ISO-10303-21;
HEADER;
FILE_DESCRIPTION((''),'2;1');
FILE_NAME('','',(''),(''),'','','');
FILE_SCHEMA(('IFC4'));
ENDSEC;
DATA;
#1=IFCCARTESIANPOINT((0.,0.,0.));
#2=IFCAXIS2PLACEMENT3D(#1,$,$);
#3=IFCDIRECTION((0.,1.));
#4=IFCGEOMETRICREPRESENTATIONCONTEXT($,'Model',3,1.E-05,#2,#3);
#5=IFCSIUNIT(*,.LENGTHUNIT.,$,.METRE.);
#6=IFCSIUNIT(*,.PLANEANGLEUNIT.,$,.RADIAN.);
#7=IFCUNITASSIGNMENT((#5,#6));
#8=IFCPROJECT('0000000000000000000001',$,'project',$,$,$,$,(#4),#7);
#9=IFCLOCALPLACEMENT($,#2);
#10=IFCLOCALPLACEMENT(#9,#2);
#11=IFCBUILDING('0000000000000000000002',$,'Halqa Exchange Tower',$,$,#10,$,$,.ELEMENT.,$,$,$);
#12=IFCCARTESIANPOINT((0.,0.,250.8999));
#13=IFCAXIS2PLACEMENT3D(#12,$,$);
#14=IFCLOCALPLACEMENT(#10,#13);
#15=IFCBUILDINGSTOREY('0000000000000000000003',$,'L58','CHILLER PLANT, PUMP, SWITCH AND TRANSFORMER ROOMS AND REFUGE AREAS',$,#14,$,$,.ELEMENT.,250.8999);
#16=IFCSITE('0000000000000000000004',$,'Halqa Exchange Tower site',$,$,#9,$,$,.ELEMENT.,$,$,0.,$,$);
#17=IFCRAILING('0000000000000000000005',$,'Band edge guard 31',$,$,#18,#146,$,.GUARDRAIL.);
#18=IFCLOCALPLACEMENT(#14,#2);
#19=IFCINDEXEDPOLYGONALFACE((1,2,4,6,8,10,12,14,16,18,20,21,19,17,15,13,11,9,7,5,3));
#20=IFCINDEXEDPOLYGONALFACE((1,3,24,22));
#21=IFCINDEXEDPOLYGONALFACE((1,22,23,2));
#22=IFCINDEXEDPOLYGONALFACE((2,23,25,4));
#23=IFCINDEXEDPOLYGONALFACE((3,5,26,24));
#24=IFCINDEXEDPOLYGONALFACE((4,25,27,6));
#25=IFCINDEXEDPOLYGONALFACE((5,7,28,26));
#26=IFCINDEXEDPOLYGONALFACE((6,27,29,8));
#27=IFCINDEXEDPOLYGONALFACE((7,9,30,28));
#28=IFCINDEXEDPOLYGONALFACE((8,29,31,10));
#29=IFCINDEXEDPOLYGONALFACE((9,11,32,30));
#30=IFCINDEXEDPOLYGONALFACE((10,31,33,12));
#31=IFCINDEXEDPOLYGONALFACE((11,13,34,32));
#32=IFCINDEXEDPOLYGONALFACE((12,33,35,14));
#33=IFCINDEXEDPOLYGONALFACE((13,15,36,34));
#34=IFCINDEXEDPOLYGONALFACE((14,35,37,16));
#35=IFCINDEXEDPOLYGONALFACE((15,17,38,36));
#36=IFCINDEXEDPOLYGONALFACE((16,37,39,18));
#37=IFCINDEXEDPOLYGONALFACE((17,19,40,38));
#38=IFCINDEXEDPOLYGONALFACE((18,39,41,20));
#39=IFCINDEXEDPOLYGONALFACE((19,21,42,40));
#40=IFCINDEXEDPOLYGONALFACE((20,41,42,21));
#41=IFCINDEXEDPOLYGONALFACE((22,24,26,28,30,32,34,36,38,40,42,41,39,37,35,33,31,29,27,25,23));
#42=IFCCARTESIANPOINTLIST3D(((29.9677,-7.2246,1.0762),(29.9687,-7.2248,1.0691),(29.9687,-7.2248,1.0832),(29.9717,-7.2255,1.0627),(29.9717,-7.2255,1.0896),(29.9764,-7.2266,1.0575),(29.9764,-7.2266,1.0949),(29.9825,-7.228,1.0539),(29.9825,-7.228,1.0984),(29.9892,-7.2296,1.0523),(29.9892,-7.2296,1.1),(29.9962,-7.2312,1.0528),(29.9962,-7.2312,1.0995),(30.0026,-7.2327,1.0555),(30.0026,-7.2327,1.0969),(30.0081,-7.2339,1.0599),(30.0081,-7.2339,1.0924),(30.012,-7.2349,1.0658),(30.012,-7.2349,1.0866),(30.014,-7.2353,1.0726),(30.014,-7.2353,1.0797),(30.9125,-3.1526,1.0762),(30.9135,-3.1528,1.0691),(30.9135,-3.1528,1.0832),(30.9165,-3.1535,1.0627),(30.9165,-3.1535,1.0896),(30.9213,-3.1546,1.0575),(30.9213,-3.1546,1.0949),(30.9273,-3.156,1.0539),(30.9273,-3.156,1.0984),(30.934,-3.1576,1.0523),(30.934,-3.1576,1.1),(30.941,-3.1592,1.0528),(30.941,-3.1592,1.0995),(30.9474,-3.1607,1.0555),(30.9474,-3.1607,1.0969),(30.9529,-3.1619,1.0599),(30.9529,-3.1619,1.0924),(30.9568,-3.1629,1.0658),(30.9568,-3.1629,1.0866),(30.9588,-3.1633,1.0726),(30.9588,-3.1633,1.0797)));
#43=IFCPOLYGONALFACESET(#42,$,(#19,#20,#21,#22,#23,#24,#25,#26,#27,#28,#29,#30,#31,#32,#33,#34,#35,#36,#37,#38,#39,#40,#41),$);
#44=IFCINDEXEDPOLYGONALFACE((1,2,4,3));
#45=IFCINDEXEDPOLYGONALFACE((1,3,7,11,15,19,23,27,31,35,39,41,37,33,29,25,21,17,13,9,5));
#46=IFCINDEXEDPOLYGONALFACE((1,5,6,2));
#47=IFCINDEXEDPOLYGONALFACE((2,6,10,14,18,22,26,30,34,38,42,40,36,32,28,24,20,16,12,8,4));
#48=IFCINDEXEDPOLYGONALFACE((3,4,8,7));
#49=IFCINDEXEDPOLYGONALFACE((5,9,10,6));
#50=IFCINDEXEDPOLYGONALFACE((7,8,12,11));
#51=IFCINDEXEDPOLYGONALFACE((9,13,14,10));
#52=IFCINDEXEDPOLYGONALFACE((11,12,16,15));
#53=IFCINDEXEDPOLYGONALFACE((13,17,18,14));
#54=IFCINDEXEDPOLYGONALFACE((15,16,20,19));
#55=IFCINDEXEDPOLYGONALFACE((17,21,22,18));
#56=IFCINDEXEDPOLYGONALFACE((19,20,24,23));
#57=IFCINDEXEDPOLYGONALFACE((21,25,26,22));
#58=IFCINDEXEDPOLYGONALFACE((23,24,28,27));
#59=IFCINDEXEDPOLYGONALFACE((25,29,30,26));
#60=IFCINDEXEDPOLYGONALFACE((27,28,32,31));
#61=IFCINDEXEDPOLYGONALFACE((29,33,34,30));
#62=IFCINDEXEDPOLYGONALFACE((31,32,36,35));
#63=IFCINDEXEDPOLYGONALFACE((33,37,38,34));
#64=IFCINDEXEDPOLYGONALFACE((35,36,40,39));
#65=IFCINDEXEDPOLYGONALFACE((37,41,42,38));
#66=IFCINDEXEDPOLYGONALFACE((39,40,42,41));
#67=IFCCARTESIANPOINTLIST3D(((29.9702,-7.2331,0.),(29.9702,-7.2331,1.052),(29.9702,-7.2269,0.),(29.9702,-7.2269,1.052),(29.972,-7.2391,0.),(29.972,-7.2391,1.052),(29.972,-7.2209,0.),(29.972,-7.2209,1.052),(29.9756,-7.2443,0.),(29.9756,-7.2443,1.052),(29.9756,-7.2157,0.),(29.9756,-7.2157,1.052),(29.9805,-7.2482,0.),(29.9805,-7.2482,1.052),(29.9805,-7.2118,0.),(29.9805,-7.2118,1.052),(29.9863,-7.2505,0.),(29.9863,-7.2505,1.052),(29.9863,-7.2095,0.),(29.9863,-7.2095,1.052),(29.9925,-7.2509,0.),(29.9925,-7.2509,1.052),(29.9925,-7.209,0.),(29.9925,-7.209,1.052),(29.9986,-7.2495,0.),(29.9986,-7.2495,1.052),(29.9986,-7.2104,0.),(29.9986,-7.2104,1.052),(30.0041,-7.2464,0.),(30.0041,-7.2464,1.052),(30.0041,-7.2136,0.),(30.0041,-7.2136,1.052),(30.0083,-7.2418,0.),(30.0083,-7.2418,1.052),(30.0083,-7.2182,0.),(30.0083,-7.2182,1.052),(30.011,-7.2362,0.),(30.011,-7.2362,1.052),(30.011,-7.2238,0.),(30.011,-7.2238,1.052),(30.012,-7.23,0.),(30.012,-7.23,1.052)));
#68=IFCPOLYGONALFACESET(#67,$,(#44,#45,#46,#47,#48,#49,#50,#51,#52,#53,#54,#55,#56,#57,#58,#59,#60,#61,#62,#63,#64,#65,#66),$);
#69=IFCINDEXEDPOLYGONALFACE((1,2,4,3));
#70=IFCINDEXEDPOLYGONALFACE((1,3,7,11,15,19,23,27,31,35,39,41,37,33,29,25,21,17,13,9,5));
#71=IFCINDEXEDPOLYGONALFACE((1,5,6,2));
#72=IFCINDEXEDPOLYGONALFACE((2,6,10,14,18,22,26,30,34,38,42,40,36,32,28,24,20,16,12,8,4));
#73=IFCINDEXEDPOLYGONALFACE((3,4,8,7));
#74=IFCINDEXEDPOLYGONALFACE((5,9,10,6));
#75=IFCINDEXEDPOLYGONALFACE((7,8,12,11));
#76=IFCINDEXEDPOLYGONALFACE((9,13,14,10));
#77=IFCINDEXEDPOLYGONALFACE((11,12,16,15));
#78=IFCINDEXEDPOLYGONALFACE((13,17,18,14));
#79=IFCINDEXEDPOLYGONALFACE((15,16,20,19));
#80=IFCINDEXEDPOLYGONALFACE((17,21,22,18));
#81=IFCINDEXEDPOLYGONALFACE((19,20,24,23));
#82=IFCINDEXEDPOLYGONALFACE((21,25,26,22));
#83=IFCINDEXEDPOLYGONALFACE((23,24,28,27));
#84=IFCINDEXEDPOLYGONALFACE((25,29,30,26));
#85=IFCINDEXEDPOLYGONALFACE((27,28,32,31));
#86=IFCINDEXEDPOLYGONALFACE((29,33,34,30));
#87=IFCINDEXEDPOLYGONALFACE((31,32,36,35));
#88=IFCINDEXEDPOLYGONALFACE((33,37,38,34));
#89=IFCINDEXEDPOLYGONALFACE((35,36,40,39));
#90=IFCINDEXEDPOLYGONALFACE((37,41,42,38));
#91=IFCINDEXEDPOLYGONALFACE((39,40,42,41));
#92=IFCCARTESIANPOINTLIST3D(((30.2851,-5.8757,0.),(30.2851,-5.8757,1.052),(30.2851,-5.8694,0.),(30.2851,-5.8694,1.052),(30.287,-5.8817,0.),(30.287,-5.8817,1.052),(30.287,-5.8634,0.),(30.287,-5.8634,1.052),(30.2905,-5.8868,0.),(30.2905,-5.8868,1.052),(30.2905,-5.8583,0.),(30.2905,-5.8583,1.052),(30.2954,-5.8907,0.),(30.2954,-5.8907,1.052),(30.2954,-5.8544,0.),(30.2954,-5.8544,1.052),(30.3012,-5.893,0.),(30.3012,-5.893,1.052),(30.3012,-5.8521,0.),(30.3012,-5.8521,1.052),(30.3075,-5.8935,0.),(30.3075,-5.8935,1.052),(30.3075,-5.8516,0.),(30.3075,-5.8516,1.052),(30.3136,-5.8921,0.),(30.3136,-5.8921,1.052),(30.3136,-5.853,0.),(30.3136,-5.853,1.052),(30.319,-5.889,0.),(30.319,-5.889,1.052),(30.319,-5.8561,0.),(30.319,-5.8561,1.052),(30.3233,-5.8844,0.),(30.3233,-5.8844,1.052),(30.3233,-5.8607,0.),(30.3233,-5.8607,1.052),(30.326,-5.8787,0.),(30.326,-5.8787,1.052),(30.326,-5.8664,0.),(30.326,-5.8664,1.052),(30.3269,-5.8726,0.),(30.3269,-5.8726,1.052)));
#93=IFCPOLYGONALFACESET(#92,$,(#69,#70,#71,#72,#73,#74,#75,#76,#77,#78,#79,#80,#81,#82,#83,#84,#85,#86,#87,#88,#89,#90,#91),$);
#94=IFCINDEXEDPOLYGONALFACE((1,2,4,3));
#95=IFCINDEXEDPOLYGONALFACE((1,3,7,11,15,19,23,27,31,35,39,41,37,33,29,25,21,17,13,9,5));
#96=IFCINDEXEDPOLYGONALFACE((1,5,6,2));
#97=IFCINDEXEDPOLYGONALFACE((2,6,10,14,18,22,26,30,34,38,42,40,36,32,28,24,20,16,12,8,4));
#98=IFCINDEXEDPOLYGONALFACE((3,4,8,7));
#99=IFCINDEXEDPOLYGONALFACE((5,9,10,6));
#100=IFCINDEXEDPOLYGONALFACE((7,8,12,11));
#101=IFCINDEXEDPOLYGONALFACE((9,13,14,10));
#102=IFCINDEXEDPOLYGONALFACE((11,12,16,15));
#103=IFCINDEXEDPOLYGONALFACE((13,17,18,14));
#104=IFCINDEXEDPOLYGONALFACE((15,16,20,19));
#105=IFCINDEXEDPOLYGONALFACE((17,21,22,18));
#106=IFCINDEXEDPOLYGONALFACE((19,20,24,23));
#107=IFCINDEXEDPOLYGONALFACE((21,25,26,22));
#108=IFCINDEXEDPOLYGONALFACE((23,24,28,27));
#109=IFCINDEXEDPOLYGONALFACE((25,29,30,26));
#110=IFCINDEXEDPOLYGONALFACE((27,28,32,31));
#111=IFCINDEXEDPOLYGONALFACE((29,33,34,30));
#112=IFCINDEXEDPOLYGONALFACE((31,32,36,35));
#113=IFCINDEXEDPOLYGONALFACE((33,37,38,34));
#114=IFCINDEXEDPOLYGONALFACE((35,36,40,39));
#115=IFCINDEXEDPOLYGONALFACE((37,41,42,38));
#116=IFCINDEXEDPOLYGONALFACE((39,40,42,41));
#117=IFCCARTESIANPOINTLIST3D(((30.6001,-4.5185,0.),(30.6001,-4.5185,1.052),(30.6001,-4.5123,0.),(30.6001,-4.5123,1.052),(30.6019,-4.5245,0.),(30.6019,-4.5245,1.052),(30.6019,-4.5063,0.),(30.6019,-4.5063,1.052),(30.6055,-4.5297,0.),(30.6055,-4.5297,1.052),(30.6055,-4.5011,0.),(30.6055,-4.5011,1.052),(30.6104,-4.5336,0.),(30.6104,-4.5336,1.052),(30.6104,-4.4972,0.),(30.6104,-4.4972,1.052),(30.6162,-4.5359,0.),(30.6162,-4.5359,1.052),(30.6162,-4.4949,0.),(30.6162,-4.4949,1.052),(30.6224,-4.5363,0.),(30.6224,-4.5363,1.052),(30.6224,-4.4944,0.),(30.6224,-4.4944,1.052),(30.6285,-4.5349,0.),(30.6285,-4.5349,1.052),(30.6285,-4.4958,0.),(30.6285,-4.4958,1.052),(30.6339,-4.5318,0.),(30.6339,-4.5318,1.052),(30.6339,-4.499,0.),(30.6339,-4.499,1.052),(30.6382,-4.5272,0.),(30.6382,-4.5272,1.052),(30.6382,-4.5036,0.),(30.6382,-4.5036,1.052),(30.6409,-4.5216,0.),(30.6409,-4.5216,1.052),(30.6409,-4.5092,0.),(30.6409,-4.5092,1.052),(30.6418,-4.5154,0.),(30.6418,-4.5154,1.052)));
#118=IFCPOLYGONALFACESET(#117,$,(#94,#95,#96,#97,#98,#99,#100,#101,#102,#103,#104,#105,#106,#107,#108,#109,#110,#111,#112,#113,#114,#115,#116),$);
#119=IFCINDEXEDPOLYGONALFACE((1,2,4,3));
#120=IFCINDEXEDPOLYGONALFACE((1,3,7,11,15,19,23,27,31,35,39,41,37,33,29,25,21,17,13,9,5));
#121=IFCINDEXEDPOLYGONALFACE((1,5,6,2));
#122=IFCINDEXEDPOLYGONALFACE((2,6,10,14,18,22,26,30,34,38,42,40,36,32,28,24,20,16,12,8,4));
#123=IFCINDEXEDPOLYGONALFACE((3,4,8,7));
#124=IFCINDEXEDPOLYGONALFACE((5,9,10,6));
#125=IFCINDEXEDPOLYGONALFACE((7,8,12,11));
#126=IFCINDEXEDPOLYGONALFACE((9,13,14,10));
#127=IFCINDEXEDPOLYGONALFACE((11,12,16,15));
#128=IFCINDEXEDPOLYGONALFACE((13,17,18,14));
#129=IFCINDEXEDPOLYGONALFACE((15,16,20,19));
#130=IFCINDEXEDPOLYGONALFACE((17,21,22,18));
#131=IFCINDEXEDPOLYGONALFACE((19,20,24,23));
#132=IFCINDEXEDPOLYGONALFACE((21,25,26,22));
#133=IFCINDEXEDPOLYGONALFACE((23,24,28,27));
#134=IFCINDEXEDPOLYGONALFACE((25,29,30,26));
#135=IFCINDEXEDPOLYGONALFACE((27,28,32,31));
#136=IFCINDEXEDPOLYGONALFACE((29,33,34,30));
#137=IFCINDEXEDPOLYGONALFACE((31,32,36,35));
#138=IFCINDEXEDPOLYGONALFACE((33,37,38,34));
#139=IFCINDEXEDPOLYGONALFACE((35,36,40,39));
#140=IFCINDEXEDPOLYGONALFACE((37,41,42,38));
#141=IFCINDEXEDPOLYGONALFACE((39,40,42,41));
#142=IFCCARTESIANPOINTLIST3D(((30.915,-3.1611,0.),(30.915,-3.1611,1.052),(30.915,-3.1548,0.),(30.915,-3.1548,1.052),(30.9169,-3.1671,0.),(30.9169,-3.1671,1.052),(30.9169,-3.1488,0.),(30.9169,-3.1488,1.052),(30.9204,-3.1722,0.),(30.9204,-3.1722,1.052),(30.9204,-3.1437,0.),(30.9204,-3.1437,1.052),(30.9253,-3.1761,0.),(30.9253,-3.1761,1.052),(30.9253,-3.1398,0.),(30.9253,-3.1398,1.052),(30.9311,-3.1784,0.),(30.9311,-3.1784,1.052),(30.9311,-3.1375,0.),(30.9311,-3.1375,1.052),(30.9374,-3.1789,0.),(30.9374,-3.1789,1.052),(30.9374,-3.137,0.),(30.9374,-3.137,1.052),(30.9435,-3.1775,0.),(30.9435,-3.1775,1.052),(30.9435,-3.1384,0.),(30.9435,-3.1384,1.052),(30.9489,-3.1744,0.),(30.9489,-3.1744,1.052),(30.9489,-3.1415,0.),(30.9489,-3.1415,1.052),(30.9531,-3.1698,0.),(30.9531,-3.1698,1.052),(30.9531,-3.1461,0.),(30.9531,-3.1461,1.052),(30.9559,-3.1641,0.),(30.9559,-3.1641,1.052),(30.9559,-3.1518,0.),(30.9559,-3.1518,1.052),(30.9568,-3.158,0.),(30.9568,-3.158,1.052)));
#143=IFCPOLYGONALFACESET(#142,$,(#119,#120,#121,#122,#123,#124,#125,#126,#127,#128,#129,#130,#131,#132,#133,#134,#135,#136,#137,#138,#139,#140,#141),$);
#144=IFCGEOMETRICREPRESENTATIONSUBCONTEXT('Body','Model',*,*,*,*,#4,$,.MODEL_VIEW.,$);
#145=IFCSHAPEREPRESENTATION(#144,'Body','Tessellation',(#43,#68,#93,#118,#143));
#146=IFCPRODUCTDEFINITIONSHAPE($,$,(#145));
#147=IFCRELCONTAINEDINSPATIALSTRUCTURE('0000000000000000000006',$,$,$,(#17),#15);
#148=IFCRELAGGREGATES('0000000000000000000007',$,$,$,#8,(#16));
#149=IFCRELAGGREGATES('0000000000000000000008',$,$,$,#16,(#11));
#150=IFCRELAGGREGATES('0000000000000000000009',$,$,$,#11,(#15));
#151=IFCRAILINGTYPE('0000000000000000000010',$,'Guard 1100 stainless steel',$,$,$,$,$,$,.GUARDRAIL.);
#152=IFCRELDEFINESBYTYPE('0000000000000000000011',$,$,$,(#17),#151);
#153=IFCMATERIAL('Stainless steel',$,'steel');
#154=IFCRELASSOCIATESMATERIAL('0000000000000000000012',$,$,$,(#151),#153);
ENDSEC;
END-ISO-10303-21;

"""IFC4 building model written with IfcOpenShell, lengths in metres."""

from ifc_helpers import new_model, si_unit, direction, frame, origin, origin_2d, place, context, subcontext, project, spatial, circle, extrude, material, type_object, element, save


model = new_model("IFC4")

# Units and contexts
model_context = context("Model", 3, precision=1e-05, world=origin(), true_north=direction((0.0, 1.0)))
body_context = subcontext(model_context, "Body", "Model", "MODEL_VIEW")
ifc_project = project(units=[si_unit("LENGTHUNIT", "METRE"), si_unit("PLANEANGLEUNIT", "RADIAN")], contexts=[model_context])

# Site, building, storey
site_placement = place(None, origin())
site = spatial("IfcSite", under=ifc_project, at=site_placement, Name="Halqa Exchange Tower site", CompositionType="ELEMENT", RefElevation=0.0)
building_placement = place(site_placement, origin())
building = spatial("IfcBuilding", under=site, at=building_placement, Name="Halqa Exchange Tower", CompositionType="ELEMENT")
storey_placement = place(building_placement, frame((0.0, 0.0, 250.8999)))
storey = spatial("IfcBuildingStorey", under=building, at=storey_placement, Name="L58", Description="CHILLER PLANT, PUMP, SWITCH AND TRANSFORMER ROOMS AND REFUGE AREAS", CompositionType="ELEMENT", Elevation=250.8999)

# Railing
ifc_material_1 = material(Name="Stainless steel", Category="steel")
railing_type = type_object("IfcRailingType", Name="Guard 1100 stainless steel", PredefinedType="GUARDRAIL", material=ifc_material_1)
railing_1_placement = place(storey_placement, frame((29.991, -7.23, 0.0)))
element("IfcRailing", 1, at=railing_1_placement, inside=storey, type_object=railing_type, Name="Band edge guard 31", PredefinedType="GUARDRAIL", context=body_context, shape_type="SweptSolid", body=[
    extrude(circle(Radius=0.0239, at=origin_2d()), frame((0.0, 0.0, 1.0762), z_axis=(0.226024, 0.974122, 0.0), x_axis=(-0.974122, 0.226024, 0.0)), (0.0, 0.0, 1.0), 4.1802),
    extrude(circle(Radius=0.021, at=origin_2d()), origin(), (0.0, 0.0, 1.0), 1.052),
    extrude(circle(Radius=0.021, at=origin_2d()), frame((0.3149, 1.3574, 0.0)), (0.0, 0.0, 1.0), 1.052),
    extrude(circle(Radius=0.021, at=origin_2d()), frame((0.6299, 2.7146, 0.0)), (0.0, 0.0, 1.0), 1.052),
    extrude(circle(Radius=0.021, at=origin_2d()), frame((0.9448, 4.072, 0.0)), (0.0, 0.0, 1.0), 1.052),
])

save(model, "model.ifc")
